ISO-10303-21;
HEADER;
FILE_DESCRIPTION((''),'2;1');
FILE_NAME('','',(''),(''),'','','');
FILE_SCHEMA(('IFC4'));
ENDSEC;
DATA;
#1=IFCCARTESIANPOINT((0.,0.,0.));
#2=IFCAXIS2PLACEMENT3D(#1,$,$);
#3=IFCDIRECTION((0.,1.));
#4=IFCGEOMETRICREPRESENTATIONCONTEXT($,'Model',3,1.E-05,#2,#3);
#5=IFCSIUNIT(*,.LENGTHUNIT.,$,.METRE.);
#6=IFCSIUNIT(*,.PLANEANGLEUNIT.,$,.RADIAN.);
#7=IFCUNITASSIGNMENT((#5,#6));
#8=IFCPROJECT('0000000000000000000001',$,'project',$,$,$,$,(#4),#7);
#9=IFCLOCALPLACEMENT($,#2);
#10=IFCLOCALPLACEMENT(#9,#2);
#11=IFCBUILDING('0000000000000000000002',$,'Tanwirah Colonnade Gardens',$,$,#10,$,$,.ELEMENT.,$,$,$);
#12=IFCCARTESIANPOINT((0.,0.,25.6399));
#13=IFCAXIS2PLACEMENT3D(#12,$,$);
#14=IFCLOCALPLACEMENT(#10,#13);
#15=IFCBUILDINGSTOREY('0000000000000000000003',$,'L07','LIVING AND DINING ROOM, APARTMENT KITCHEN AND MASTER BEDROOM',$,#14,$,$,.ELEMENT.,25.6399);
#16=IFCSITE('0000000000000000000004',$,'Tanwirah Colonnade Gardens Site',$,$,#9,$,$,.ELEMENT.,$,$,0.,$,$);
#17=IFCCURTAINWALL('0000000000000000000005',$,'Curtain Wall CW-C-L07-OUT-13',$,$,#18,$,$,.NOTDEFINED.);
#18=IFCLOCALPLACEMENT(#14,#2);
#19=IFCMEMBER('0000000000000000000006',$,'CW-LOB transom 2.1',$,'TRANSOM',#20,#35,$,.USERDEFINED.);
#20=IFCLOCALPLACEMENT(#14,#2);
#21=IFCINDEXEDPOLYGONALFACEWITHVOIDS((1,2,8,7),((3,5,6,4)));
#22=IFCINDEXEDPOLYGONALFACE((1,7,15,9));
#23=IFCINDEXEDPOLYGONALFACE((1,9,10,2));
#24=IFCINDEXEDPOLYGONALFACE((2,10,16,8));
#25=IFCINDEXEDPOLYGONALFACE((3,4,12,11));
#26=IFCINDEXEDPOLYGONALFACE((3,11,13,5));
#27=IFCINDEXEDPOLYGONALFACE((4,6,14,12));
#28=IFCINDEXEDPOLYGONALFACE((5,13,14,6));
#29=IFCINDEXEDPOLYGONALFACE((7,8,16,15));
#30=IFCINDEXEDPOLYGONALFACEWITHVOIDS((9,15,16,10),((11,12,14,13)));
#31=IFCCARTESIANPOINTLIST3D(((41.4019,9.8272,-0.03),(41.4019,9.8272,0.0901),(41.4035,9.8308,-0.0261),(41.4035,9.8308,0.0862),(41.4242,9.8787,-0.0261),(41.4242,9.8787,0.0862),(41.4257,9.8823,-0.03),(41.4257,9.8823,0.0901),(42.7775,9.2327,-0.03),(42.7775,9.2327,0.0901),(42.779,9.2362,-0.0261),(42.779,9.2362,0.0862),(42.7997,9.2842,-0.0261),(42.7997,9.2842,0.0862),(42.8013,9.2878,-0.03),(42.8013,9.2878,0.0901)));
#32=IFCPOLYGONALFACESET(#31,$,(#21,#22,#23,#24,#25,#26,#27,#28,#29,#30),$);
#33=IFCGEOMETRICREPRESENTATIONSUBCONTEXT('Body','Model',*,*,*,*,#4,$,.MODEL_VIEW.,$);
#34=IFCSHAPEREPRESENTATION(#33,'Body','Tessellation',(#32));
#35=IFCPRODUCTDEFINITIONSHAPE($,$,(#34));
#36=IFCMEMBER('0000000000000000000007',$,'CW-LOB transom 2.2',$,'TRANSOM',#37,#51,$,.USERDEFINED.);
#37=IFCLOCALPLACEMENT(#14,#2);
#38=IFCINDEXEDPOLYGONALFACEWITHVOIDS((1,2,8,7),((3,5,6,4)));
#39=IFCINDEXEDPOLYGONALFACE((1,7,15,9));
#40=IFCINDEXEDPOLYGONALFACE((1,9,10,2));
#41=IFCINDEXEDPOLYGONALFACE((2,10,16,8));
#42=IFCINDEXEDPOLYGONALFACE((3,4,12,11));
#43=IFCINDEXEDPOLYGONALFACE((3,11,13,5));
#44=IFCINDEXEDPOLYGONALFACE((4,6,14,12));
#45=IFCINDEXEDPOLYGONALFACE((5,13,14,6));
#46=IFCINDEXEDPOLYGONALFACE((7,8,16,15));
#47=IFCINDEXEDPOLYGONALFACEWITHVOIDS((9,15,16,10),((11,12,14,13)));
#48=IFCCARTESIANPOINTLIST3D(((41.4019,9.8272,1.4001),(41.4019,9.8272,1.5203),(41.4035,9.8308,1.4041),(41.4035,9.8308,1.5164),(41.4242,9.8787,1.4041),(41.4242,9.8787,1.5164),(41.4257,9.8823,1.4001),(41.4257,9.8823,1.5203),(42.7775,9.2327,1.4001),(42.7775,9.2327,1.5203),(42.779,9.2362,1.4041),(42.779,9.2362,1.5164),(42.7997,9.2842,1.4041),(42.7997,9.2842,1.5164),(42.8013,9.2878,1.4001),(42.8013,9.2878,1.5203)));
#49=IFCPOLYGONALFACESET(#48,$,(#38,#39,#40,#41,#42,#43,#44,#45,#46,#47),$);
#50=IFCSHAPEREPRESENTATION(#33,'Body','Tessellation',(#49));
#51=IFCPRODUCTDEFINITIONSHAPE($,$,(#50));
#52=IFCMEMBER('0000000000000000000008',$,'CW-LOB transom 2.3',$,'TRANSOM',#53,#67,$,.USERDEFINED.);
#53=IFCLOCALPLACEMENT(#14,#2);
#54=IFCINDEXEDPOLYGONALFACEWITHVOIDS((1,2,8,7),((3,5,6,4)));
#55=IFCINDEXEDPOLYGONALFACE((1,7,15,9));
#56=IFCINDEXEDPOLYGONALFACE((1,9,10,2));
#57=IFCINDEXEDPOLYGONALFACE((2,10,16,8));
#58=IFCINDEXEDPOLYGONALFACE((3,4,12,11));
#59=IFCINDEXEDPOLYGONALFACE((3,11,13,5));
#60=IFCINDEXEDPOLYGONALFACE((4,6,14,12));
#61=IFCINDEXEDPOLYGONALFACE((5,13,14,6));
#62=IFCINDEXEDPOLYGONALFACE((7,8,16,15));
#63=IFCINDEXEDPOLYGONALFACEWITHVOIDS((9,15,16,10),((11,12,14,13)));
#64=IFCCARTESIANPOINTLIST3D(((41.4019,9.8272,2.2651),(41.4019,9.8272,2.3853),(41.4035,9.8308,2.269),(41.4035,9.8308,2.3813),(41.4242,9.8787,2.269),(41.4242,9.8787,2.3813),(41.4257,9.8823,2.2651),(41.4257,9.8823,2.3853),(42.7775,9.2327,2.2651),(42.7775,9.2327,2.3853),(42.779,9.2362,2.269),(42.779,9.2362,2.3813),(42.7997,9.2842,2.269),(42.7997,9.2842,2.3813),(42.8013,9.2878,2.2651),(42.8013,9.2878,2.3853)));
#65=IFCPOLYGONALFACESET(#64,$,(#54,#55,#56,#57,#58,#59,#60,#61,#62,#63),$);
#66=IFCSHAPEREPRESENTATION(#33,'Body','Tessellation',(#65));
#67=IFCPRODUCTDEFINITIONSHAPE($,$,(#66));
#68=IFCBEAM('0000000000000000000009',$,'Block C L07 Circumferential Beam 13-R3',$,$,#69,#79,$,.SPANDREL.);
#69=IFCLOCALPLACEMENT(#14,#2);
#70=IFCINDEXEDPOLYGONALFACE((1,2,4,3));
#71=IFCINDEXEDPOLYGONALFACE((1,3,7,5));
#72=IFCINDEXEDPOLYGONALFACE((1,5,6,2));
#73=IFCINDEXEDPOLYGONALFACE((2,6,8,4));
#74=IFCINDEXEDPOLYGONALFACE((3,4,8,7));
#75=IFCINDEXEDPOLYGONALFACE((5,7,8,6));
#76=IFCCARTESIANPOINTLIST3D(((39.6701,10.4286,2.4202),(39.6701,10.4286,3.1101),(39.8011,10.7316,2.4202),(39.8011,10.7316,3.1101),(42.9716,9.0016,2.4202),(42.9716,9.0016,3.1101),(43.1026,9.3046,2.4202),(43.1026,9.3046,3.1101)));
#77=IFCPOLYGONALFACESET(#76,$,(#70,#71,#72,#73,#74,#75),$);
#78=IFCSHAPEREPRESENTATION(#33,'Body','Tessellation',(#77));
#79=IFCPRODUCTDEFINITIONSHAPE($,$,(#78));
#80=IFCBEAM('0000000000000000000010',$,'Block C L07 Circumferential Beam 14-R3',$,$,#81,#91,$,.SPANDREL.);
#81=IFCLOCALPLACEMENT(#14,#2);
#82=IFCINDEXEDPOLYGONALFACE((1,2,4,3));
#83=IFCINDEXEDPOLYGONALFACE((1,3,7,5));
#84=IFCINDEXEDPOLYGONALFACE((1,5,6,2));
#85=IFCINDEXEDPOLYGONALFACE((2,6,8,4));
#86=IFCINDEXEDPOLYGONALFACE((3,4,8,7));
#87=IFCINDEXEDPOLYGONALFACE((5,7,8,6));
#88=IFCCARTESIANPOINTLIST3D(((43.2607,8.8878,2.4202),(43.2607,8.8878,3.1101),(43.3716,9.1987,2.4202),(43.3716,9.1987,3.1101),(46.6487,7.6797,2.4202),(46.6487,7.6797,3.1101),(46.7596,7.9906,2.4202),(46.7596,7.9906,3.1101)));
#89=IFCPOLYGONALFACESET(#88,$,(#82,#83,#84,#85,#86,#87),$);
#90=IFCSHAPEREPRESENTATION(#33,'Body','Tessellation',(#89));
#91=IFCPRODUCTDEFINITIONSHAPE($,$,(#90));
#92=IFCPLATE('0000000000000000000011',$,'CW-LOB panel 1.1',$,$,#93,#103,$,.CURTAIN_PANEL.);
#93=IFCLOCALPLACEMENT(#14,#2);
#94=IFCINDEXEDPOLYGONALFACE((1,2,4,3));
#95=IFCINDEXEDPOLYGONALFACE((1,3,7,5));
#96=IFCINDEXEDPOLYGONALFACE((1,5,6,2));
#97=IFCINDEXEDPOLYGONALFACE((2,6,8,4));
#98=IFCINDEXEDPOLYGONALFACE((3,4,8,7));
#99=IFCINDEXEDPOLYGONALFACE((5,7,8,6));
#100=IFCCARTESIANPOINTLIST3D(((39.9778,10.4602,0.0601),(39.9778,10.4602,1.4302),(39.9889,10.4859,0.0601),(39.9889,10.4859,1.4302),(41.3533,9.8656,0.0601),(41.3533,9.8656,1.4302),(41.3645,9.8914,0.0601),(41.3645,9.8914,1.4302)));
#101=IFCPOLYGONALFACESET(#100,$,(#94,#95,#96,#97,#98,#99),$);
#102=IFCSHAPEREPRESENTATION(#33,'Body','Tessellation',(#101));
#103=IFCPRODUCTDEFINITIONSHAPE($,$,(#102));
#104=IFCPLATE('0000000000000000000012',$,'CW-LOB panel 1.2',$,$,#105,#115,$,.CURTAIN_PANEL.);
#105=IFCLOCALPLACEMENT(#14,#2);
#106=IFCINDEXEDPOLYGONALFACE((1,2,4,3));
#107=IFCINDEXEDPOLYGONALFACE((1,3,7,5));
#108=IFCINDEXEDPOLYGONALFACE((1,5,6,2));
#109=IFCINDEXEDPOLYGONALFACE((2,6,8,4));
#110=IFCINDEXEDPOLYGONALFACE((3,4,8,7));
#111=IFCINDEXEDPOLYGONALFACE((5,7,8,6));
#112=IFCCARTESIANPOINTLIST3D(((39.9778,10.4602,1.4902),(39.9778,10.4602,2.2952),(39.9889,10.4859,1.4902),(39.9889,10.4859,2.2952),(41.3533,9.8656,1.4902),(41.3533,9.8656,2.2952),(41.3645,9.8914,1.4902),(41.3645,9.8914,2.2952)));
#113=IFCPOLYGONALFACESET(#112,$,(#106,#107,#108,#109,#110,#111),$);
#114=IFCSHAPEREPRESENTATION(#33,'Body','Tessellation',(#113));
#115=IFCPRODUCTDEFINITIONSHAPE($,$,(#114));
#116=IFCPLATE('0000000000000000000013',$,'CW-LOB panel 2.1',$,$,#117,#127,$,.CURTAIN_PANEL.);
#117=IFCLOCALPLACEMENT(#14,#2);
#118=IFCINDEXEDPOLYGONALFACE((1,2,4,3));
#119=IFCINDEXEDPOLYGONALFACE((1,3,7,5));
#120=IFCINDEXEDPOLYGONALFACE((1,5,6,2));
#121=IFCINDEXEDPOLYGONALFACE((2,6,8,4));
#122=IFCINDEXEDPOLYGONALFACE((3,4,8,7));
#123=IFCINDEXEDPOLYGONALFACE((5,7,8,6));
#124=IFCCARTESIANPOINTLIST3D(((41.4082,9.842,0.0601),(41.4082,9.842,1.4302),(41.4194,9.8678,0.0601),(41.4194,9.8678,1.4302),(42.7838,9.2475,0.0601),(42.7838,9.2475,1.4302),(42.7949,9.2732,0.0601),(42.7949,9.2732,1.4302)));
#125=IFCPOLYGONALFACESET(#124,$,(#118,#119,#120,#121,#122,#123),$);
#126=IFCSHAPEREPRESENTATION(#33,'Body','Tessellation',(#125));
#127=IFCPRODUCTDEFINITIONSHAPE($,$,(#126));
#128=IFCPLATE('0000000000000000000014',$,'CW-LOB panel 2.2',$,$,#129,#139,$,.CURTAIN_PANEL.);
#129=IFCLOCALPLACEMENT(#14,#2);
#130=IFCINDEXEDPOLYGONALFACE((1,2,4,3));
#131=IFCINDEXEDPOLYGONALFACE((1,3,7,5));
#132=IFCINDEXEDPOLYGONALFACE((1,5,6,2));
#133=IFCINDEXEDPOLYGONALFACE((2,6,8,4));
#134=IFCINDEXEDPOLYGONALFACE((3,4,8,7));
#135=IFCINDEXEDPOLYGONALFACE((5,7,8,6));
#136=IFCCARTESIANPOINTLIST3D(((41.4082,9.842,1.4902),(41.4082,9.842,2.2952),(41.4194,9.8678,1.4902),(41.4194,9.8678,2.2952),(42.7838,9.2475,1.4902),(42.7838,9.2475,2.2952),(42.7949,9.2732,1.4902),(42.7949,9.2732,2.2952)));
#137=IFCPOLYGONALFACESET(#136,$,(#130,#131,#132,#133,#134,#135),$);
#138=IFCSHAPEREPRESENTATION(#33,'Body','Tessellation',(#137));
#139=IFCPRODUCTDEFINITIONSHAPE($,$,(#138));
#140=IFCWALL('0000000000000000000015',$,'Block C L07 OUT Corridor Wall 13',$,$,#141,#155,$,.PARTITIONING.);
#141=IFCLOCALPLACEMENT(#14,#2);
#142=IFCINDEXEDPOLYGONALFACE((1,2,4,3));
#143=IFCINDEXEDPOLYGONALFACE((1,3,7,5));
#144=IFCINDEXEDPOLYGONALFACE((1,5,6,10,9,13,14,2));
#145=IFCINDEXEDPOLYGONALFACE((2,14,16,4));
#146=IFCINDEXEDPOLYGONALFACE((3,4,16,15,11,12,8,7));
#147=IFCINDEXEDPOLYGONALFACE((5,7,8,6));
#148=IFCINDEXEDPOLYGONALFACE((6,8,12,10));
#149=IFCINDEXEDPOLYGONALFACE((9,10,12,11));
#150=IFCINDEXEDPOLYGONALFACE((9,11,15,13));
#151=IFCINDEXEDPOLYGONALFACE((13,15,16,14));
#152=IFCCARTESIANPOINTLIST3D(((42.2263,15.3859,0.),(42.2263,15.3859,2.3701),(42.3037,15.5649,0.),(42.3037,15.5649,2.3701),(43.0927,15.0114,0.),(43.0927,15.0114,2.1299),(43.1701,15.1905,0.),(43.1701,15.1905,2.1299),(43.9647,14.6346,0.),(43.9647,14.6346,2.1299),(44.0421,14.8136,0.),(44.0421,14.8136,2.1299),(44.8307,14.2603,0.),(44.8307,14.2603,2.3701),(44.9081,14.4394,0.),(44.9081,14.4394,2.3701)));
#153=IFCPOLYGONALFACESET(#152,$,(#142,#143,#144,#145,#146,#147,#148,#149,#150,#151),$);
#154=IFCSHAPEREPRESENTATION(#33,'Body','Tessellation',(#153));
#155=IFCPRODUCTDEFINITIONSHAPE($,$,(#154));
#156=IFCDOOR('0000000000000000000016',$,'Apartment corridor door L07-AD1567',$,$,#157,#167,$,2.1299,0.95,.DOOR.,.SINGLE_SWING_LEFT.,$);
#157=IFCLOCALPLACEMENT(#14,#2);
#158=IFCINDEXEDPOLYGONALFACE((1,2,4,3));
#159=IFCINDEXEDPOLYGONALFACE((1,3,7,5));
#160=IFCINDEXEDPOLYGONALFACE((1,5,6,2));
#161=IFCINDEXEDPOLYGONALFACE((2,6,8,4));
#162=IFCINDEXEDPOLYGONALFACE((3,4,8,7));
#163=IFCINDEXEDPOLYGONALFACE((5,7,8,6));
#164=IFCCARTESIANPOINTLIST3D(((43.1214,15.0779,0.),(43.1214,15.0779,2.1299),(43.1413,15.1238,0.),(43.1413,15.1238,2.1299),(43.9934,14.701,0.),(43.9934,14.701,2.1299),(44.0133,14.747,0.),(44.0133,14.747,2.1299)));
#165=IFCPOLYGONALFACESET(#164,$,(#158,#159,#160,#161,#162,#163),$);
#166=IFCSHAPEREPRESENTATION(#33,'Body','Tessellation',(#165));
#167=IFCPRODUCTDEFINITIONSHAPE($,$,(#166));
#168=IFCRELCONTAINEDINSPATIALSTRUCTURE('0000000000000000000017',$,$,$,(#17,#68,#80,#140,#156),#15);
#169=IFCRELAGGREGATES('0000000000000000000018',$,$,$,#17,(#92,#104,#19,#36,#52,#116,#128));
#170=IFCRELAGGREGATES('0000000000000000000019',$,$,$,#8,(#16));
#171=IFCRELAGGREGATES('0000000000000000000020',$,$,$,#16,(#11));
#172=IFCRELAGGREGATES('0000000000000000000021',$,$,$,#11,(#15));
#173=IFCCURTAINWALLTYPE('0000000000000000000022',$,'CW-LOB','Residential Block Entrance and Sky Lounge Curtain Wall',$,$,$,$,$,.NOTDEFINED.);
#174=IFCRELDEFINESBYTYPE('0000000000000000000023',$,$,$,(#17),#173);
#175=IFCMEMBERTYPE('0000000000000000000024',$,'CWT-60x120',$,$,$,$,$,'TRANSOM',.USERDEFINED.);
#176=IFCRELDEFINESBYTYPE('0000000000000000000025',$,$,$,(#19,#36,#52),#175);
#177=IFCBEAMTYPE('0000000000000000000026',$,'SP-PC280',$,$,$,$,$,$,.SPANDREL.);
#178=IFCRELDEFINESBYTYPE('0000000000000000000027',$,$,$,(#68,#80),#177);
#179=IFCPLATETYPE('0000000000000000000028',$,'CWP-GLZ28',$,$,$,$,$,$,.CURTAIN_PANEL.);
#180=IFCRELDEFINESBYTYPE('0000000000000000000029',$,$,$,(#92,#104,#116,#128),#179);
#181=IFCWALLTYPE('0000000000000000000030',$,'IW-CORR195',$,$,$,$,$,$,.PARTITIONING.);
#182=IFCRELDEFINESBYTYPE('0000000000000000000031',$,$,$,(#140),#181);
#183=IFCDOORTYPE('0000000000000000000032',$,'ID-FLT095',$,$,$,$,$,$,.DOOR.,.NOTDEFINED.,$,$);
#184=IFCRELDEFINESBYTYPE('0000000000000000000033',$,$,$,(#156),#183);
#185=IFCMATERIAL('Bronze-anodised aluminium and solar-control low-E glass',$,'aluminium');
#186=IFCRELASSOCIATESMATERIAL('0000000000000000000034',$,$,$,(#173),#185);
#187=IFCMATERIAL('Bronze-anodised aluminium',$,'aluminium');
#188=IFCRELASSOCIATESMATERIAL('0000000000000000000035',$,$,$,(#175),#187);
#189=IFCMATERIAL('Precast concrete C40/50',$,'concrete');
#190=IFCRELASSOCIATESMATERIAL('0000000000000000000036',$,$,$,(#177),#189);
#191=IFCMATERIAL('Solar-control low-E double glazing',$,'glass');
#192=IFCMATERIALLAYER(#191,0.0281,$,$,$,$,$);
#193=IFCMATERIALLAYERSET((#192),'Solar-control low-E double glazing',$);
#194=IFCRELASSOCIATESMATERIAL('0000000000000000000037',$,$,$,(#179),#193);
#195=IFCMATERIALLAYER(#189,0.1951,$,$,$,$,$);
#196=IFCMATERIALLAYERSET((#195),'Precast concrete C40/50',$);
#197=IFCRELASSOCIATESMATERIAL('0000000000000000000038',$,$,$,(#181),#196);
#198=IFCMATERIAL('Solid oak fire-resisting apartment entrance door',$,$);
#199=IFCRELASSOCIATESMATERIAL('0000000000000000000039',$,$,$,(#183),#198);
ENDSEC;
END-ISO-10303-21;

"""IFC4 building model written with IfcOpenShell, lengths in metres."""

from ifc_helpers import new_model, si_unit, direction, frame, frame_2d, origin, origin_2d, place, context, subcontext, project, spatial, rectangle, hollow_rectangle, extrude, material, layer, layer_set, material_profile, profile_set, type_object, element, fill, aggregate, save


model = new_model("IFC4")

# Units and contexts
model_context = context("Model", 3, precision=1e-05, world=origin(), true_north=direction((0.0, 1.0)))
body_context = subcontext(model_context, "Body", "Model", "MODEL_VIEW")
ifc_project = project(units=[si_unit("LENGTHUNIT", "METRE"), si_unit("PLANEANGLEUNIT", "RADIAN")], contexts=[model_context])

# Site, building, storey
site_placement = place(None, origin())
site = spatial("IfcSite", under=ifc_project, at=site_placement, Name="Tanwirah Colonnade Gardens Site", CompositionType="ELEMENT", RefElevation=0.0)
building_placement = place(site_placement, origin())
building = spatial("IfcBuilding", under=site, at=building_placement, Name="Tanwirah Colonnade Gardens", CompositionType="ELEMENT")
storey_placement = place(building_placement, frame((0.0, 0.0, 25.6399)))
storey = spatial("IfcBuildingStorey", under=building, at=storey_placement, Name="L07", Description="LIVING AND DINING ROOM, APARTMENT KITCHEN AND MASTER BEDROOM", CompositionType="ELEMENT", Elevation=25.6399)

# Shared definitions
ifc_material_1 = material(Name="Precast concrete C40/50", Category="concrete")

# Curtain wall, members
ifc_material_2 = material(Name="Bronze-anodised aluminium and solar-control low-E glass", Category="aluminium")
curtain_wall_type = type_object("IfcCurtainWallType", Name="CW-LOB", Description="Residential Block Entrance and Sky Lounge Curtain Wall", PredefinedType="NOTDEFINED", material=ifc_material_2)
curtain_wall_placement = place(storey_placement, origin())
curtain_wall = element("IfcCurtainWall", 1, at=curtain_wall_placement, inside=storey, type_object=curtain_wall_type, Name="Curtain Wall CW-C-L07-OUT-13", PredefinedType="NOTDEFINED")
ifc_material_3 = material(Name="Bronze-anodised aluminium", Category="aluminium")
ifc_material_profile_1 = material_profile(ifc_material_3, hollow_rectangle(XDim=0.0601, YDim=0.1201, WallThickness=0.0039, at=origin_2d()), Name="CW-TRN 60x120x4")
ifc_profile_set_1 = profile_set([ifc_material_profile_1], Name="Bronze-anodised aluminium")
member_type_1 = type_object("IfcMemberType", Name="CWT-60x120", ElementType="TRANSOM", PredefinedType="USERDEFINED", material=ifc_profile_set_1)
member_1_placement = place(storey_placement, frame((41.4138, 9.8547, 0.03), z_axis=(0.917936, -0.396729, 0.0), x_axis=(0.396729, 0.917936, 0.0)))
member_1 = element("IfcMember", 2, at=member_1_placement, type_object=member_type_1, Name="CW-LOB transom 2.1", ObjectType="TRANSOM", PredefinedType="USERDEFINED", context=body_context, shape_type="SweptSolid", body=[
    extrude(hollow_rectangle(XDim=0.0601, YDim=0.1201, WallThickness=0.0039, at=origin_2d()), origin(), (0.0, 0.0, 1.0), 1.4985),
])
member_2_placement = place(storey_placement, frame((41.4138, 9.8547, 1.4602), z_axis=(0.917936, -0.396729, 0.0), x_axis=(0.396729, 0.917936, 0.0)))
member_2 = element("IfcMember", 3, at=member_2_placement, type_object=member_type_1, Name="CW-LOB transom 2.2", ObjectType="TRANSOM", PredefinedType="USERDEFINED", context=body_context, shape_type="SweptSolid", body=[
    extrude(hollow_rectangle(XDim=0.0601, YDim=0.1201, WallThickness=0.0039, at=origin_2d()), origin(), (0.0, 0.0, 1.0), 1.4985),
])
member_3_placement = place(storey_placement, frame((41.4138, 9.8547, 2.3252), z_axis=(0.917936, -0.396729, 0.0), x_axis=(0.396729, 0.917936, 0.0)))
member_3 = element("IfcMember", 4, at=member_3_placement, type_object=member_type_1, Name="CW-LOB transom 2.3", ObjectType="TRANSOM", PredefinedType="USERDEFINED", context=body_context, shape_type="SweptSolid", body=[
    extrude(hollow_rectangle(XDim=0.0601, YDim=0.1201, WallThickness=0.0039, at=origin_2d()), origin(), (0.0, 0.0, 1.0), 1.4985),
])

# Beams
ifc_material_profile_2 = material_profile(ifc_material_1, rectangle(XDim=0.3301, YDim=0.6899, at=origin_2d()), Name="PC-SP 330x690")
ifc_profile_set_2 = profile_set([ifc_material_profile_2], Name="Precast concrete C40/50")
beam_type_1 = type_object("IfcBeamType", Name="SP-PC280", PredefinedType="SPANDREL", material=ifc_profile_set_2)
beam_1_placement = place(storey_placement, frame((39.7356, 10.5801, 2.7651), z_axis=(0.917926, -0.396752, 0.0), x_axis=(0.396752, 0.917926, 0.0)))
element("IfcBeam", 5, at=beam_1_placement, inside=storey, type_object=beam_type_1, Name="Block C L07 Circumferential Beam 13-R3", PredefinedType="SPANDREL", context=body_context, shape_type="SweptSolid", body=[
    extrude(rectangle(XDim=0.3301, YDim=0.6899, at=origin_2d()), origin(), (0.0, 0.0, 1.0), 3.5967),
])
beam_2_placement = place(storey_placement, frame((43.3162, 9.0432, 2.7651), z_axis=(0.941915, -0.33585, 0.0), x_axis=(0.33585, 0.941915, 0.0)))
element("IfcBeam", 6, at=beam_2_placement, inside=storey, type_object=beam_type_1, Name="Block C L07 Circumferential Beam 14-R3", PredefinedType="SPANDREL", context=body_context, shape_type="SweptSolid", body=[
    extrude(rectangle(XDim=0.3301, YDim=0.6899, at=origin_2d()), origin(), (0.0, 0.0, 1.0), 3.5969),
])

# Plates
ifc_material_4 = material(Name="Solar-control low-E double glazing", Category="glass")
ifc_layer_1 = layer(ifc_material_4, 0.0281)
ifc_layer_set_1 = layer_set([ifc_layer_1], Name="Solar-control low-E double glazing")
plate_type = type_object("IfcPlateType", Name="CWP-GLZ28", PredefinedType="CURTAIN_PANEL", material=ifc_layer_set_1)
plate_1_placement = place(storey_placement, frame((40.6711, 10.1758, 0.0601), z_axis=(0.0, 0.0, 1.0), x_axis=(0.917927, -0.396749, 0.0)))
plate_1 = element("IfcPlate", 7, at=plate_1_placement, type_object=plate_type, Name="CW-LOB panel 1.1", PredefinedType="CURTAIN_PANEL", context=body_context, shape_type="SweptSolid", body=[
    extrude(rectangle(XDim=1.4985, YDim=0.0281, at=origin_2d()), origin(), (0.0, 0.0, 1.0), 1.3701),
])
plate_2_placement = place(storey_placement, frame((40.6711, 10.1758, 1.4902), z_axis=(0.0, 0.0, 1.0), x_axis=(0.917927, -0.396749, 0.0)))
plate_2 = element("IfcPlate", 8, at=plate_2_placement, type_object=plate_type, Name="CW-LOB panel 1.2", PredefinedType="CURTAIN_PANEL", context=body_context, shape_type="SweptSolid", body=[
    extrude(rectangle(XDim=1.4985, YDim=0.0281, at=origin_2d()), origin(), (0.0, 0.0, 1.0), 0.8049),
])
plate_3_placement = place(storey_placement, frame((42.1016, 9.5576, 0.0601), z_axis=(0.0, 0.0, 1.0), x_axis=(0.917927, -0.396749, 0.0)))
plate_3 = element("IfcPlate", 9, at=plate_3_placement, type_object=plate_type, Name="CW-LOB panel 2.1", PredefinedType="CURTAIN_PANEL", context=body_context, shape_type="SweptSolid", body=[
    extrude(rectangle(XDim=1.4985, YDim=0.0281, at=origin_2d()), origin(), (0.0, 0.0, 1.0), 1.3701),
])
plate_4_placement = place(storey_placement, frame((42.1016, 9.5576, 1.4902), z_axis=(0.0, 0.0, 1.0), x_axis=(0.917927, -0.396749, 0.0)))
plate_4 = element("IfcPlate", 10, at=plate_4_placement, type_object=plate_type, Name="CW-LOB panel 2.2", PredefinedType="CURTAIN_PANEL", context=body_context, shape_type="SweptSolid", body=[
    extrude(rectangle(XDim=1.4985, YDim=0.0281, at=origin_2d()), origin(), (0.0, 0.0, 1.0), 0.8049),
])
aggregate(curtain_wall, [plate_1, plate_2, member_1, member_2, member_3, plate_3, plate_4])

# Wall, opening, door
ifc_layer_2 = layer(ifc_material_1, 0.1951)
ifc_layer_set_2 = layer_set([ifc_layer_2], Name="Precast concrete C40/50")
wall_type = type_object("IfcWallType", Name="IW-CORR195", PredefinedType="PARTITIONING", material=ifc_layer_set_2)
wall_placement = place(storey_placement, frame((42.2651, 15.4753, 0.0), z_axis=(0.0, 0.0, 1.0), x_axis=(0.917943, -0.396711, 0.0)))
wall = element("IfcWall", 11, at=wall_placement, inside=storey, type_object=wall_type, Name="Block C L07 OUT Corridor Wall 13", PredefinedType="PARTITIONING", context=body_context, shape_type="SweptSolid", body=[
    extrude(rectangle(XDim=2.8372, YDim=0.1951, at=frame_2d((1.4185, 0.0))), origin(), (0.0, 0.0, 1.0), 2.3701),
])
opening_placement = place(wall_placement, frame((0.9436, 0.0, 0.0)))
opening = element("IfcOpeningElement", 12, at=opening_placement, cuts=wall, PredefinedType="OPENING", context=body_context, shape_type="SweptSolid", body=[
    extrude(rectangle(XDim=0.95, YDim=2.1299, at=frame_2d((0.4751, 1.0649))), frame((0.0, 0.1074, 0.0), z_axis=(0.0, -1.0, 0.0), x_axis=(1.0, 0.0, 0.0)), (0.0, 0.0, 1.0), 0.2151),
])
ifc_material_5 = material(Name="Solid oak fire-resisting apartment entrance door")
door_type = type_object("IfcDoorType", Name="ID-FLT095", OperationType="NOTDEFINED", PredefinedType="DOOR", material=ifc_material_5)
door_placement = place(opening_placement, origin())
door = element("IfcDoor", 13, at=door_placement, inside=storey, type_object=door_type, Name="Apartment corridor door L07-AD1567", OperationType="SINGLE_SWING_LEFT", OverallHeight=2.1299, OverallWidth=0.95, PredefinedType="DOOR", context=body_context, shape_type="SweptSolid", body=[
    extrude(rectangle(XDim=0.95, YDim=2.1299, at=frame_2d((0.4751, 1.0649))), frame((0.0, 0.0249, 0.0), z_axis=(0.0, -1.0, 0.0), x_axis=(1.0, 0.0, 0.0)), (0.0, 0.0, 1.0), 0.05),
])
fill(opening, door)

save(model, "model.ifc")
